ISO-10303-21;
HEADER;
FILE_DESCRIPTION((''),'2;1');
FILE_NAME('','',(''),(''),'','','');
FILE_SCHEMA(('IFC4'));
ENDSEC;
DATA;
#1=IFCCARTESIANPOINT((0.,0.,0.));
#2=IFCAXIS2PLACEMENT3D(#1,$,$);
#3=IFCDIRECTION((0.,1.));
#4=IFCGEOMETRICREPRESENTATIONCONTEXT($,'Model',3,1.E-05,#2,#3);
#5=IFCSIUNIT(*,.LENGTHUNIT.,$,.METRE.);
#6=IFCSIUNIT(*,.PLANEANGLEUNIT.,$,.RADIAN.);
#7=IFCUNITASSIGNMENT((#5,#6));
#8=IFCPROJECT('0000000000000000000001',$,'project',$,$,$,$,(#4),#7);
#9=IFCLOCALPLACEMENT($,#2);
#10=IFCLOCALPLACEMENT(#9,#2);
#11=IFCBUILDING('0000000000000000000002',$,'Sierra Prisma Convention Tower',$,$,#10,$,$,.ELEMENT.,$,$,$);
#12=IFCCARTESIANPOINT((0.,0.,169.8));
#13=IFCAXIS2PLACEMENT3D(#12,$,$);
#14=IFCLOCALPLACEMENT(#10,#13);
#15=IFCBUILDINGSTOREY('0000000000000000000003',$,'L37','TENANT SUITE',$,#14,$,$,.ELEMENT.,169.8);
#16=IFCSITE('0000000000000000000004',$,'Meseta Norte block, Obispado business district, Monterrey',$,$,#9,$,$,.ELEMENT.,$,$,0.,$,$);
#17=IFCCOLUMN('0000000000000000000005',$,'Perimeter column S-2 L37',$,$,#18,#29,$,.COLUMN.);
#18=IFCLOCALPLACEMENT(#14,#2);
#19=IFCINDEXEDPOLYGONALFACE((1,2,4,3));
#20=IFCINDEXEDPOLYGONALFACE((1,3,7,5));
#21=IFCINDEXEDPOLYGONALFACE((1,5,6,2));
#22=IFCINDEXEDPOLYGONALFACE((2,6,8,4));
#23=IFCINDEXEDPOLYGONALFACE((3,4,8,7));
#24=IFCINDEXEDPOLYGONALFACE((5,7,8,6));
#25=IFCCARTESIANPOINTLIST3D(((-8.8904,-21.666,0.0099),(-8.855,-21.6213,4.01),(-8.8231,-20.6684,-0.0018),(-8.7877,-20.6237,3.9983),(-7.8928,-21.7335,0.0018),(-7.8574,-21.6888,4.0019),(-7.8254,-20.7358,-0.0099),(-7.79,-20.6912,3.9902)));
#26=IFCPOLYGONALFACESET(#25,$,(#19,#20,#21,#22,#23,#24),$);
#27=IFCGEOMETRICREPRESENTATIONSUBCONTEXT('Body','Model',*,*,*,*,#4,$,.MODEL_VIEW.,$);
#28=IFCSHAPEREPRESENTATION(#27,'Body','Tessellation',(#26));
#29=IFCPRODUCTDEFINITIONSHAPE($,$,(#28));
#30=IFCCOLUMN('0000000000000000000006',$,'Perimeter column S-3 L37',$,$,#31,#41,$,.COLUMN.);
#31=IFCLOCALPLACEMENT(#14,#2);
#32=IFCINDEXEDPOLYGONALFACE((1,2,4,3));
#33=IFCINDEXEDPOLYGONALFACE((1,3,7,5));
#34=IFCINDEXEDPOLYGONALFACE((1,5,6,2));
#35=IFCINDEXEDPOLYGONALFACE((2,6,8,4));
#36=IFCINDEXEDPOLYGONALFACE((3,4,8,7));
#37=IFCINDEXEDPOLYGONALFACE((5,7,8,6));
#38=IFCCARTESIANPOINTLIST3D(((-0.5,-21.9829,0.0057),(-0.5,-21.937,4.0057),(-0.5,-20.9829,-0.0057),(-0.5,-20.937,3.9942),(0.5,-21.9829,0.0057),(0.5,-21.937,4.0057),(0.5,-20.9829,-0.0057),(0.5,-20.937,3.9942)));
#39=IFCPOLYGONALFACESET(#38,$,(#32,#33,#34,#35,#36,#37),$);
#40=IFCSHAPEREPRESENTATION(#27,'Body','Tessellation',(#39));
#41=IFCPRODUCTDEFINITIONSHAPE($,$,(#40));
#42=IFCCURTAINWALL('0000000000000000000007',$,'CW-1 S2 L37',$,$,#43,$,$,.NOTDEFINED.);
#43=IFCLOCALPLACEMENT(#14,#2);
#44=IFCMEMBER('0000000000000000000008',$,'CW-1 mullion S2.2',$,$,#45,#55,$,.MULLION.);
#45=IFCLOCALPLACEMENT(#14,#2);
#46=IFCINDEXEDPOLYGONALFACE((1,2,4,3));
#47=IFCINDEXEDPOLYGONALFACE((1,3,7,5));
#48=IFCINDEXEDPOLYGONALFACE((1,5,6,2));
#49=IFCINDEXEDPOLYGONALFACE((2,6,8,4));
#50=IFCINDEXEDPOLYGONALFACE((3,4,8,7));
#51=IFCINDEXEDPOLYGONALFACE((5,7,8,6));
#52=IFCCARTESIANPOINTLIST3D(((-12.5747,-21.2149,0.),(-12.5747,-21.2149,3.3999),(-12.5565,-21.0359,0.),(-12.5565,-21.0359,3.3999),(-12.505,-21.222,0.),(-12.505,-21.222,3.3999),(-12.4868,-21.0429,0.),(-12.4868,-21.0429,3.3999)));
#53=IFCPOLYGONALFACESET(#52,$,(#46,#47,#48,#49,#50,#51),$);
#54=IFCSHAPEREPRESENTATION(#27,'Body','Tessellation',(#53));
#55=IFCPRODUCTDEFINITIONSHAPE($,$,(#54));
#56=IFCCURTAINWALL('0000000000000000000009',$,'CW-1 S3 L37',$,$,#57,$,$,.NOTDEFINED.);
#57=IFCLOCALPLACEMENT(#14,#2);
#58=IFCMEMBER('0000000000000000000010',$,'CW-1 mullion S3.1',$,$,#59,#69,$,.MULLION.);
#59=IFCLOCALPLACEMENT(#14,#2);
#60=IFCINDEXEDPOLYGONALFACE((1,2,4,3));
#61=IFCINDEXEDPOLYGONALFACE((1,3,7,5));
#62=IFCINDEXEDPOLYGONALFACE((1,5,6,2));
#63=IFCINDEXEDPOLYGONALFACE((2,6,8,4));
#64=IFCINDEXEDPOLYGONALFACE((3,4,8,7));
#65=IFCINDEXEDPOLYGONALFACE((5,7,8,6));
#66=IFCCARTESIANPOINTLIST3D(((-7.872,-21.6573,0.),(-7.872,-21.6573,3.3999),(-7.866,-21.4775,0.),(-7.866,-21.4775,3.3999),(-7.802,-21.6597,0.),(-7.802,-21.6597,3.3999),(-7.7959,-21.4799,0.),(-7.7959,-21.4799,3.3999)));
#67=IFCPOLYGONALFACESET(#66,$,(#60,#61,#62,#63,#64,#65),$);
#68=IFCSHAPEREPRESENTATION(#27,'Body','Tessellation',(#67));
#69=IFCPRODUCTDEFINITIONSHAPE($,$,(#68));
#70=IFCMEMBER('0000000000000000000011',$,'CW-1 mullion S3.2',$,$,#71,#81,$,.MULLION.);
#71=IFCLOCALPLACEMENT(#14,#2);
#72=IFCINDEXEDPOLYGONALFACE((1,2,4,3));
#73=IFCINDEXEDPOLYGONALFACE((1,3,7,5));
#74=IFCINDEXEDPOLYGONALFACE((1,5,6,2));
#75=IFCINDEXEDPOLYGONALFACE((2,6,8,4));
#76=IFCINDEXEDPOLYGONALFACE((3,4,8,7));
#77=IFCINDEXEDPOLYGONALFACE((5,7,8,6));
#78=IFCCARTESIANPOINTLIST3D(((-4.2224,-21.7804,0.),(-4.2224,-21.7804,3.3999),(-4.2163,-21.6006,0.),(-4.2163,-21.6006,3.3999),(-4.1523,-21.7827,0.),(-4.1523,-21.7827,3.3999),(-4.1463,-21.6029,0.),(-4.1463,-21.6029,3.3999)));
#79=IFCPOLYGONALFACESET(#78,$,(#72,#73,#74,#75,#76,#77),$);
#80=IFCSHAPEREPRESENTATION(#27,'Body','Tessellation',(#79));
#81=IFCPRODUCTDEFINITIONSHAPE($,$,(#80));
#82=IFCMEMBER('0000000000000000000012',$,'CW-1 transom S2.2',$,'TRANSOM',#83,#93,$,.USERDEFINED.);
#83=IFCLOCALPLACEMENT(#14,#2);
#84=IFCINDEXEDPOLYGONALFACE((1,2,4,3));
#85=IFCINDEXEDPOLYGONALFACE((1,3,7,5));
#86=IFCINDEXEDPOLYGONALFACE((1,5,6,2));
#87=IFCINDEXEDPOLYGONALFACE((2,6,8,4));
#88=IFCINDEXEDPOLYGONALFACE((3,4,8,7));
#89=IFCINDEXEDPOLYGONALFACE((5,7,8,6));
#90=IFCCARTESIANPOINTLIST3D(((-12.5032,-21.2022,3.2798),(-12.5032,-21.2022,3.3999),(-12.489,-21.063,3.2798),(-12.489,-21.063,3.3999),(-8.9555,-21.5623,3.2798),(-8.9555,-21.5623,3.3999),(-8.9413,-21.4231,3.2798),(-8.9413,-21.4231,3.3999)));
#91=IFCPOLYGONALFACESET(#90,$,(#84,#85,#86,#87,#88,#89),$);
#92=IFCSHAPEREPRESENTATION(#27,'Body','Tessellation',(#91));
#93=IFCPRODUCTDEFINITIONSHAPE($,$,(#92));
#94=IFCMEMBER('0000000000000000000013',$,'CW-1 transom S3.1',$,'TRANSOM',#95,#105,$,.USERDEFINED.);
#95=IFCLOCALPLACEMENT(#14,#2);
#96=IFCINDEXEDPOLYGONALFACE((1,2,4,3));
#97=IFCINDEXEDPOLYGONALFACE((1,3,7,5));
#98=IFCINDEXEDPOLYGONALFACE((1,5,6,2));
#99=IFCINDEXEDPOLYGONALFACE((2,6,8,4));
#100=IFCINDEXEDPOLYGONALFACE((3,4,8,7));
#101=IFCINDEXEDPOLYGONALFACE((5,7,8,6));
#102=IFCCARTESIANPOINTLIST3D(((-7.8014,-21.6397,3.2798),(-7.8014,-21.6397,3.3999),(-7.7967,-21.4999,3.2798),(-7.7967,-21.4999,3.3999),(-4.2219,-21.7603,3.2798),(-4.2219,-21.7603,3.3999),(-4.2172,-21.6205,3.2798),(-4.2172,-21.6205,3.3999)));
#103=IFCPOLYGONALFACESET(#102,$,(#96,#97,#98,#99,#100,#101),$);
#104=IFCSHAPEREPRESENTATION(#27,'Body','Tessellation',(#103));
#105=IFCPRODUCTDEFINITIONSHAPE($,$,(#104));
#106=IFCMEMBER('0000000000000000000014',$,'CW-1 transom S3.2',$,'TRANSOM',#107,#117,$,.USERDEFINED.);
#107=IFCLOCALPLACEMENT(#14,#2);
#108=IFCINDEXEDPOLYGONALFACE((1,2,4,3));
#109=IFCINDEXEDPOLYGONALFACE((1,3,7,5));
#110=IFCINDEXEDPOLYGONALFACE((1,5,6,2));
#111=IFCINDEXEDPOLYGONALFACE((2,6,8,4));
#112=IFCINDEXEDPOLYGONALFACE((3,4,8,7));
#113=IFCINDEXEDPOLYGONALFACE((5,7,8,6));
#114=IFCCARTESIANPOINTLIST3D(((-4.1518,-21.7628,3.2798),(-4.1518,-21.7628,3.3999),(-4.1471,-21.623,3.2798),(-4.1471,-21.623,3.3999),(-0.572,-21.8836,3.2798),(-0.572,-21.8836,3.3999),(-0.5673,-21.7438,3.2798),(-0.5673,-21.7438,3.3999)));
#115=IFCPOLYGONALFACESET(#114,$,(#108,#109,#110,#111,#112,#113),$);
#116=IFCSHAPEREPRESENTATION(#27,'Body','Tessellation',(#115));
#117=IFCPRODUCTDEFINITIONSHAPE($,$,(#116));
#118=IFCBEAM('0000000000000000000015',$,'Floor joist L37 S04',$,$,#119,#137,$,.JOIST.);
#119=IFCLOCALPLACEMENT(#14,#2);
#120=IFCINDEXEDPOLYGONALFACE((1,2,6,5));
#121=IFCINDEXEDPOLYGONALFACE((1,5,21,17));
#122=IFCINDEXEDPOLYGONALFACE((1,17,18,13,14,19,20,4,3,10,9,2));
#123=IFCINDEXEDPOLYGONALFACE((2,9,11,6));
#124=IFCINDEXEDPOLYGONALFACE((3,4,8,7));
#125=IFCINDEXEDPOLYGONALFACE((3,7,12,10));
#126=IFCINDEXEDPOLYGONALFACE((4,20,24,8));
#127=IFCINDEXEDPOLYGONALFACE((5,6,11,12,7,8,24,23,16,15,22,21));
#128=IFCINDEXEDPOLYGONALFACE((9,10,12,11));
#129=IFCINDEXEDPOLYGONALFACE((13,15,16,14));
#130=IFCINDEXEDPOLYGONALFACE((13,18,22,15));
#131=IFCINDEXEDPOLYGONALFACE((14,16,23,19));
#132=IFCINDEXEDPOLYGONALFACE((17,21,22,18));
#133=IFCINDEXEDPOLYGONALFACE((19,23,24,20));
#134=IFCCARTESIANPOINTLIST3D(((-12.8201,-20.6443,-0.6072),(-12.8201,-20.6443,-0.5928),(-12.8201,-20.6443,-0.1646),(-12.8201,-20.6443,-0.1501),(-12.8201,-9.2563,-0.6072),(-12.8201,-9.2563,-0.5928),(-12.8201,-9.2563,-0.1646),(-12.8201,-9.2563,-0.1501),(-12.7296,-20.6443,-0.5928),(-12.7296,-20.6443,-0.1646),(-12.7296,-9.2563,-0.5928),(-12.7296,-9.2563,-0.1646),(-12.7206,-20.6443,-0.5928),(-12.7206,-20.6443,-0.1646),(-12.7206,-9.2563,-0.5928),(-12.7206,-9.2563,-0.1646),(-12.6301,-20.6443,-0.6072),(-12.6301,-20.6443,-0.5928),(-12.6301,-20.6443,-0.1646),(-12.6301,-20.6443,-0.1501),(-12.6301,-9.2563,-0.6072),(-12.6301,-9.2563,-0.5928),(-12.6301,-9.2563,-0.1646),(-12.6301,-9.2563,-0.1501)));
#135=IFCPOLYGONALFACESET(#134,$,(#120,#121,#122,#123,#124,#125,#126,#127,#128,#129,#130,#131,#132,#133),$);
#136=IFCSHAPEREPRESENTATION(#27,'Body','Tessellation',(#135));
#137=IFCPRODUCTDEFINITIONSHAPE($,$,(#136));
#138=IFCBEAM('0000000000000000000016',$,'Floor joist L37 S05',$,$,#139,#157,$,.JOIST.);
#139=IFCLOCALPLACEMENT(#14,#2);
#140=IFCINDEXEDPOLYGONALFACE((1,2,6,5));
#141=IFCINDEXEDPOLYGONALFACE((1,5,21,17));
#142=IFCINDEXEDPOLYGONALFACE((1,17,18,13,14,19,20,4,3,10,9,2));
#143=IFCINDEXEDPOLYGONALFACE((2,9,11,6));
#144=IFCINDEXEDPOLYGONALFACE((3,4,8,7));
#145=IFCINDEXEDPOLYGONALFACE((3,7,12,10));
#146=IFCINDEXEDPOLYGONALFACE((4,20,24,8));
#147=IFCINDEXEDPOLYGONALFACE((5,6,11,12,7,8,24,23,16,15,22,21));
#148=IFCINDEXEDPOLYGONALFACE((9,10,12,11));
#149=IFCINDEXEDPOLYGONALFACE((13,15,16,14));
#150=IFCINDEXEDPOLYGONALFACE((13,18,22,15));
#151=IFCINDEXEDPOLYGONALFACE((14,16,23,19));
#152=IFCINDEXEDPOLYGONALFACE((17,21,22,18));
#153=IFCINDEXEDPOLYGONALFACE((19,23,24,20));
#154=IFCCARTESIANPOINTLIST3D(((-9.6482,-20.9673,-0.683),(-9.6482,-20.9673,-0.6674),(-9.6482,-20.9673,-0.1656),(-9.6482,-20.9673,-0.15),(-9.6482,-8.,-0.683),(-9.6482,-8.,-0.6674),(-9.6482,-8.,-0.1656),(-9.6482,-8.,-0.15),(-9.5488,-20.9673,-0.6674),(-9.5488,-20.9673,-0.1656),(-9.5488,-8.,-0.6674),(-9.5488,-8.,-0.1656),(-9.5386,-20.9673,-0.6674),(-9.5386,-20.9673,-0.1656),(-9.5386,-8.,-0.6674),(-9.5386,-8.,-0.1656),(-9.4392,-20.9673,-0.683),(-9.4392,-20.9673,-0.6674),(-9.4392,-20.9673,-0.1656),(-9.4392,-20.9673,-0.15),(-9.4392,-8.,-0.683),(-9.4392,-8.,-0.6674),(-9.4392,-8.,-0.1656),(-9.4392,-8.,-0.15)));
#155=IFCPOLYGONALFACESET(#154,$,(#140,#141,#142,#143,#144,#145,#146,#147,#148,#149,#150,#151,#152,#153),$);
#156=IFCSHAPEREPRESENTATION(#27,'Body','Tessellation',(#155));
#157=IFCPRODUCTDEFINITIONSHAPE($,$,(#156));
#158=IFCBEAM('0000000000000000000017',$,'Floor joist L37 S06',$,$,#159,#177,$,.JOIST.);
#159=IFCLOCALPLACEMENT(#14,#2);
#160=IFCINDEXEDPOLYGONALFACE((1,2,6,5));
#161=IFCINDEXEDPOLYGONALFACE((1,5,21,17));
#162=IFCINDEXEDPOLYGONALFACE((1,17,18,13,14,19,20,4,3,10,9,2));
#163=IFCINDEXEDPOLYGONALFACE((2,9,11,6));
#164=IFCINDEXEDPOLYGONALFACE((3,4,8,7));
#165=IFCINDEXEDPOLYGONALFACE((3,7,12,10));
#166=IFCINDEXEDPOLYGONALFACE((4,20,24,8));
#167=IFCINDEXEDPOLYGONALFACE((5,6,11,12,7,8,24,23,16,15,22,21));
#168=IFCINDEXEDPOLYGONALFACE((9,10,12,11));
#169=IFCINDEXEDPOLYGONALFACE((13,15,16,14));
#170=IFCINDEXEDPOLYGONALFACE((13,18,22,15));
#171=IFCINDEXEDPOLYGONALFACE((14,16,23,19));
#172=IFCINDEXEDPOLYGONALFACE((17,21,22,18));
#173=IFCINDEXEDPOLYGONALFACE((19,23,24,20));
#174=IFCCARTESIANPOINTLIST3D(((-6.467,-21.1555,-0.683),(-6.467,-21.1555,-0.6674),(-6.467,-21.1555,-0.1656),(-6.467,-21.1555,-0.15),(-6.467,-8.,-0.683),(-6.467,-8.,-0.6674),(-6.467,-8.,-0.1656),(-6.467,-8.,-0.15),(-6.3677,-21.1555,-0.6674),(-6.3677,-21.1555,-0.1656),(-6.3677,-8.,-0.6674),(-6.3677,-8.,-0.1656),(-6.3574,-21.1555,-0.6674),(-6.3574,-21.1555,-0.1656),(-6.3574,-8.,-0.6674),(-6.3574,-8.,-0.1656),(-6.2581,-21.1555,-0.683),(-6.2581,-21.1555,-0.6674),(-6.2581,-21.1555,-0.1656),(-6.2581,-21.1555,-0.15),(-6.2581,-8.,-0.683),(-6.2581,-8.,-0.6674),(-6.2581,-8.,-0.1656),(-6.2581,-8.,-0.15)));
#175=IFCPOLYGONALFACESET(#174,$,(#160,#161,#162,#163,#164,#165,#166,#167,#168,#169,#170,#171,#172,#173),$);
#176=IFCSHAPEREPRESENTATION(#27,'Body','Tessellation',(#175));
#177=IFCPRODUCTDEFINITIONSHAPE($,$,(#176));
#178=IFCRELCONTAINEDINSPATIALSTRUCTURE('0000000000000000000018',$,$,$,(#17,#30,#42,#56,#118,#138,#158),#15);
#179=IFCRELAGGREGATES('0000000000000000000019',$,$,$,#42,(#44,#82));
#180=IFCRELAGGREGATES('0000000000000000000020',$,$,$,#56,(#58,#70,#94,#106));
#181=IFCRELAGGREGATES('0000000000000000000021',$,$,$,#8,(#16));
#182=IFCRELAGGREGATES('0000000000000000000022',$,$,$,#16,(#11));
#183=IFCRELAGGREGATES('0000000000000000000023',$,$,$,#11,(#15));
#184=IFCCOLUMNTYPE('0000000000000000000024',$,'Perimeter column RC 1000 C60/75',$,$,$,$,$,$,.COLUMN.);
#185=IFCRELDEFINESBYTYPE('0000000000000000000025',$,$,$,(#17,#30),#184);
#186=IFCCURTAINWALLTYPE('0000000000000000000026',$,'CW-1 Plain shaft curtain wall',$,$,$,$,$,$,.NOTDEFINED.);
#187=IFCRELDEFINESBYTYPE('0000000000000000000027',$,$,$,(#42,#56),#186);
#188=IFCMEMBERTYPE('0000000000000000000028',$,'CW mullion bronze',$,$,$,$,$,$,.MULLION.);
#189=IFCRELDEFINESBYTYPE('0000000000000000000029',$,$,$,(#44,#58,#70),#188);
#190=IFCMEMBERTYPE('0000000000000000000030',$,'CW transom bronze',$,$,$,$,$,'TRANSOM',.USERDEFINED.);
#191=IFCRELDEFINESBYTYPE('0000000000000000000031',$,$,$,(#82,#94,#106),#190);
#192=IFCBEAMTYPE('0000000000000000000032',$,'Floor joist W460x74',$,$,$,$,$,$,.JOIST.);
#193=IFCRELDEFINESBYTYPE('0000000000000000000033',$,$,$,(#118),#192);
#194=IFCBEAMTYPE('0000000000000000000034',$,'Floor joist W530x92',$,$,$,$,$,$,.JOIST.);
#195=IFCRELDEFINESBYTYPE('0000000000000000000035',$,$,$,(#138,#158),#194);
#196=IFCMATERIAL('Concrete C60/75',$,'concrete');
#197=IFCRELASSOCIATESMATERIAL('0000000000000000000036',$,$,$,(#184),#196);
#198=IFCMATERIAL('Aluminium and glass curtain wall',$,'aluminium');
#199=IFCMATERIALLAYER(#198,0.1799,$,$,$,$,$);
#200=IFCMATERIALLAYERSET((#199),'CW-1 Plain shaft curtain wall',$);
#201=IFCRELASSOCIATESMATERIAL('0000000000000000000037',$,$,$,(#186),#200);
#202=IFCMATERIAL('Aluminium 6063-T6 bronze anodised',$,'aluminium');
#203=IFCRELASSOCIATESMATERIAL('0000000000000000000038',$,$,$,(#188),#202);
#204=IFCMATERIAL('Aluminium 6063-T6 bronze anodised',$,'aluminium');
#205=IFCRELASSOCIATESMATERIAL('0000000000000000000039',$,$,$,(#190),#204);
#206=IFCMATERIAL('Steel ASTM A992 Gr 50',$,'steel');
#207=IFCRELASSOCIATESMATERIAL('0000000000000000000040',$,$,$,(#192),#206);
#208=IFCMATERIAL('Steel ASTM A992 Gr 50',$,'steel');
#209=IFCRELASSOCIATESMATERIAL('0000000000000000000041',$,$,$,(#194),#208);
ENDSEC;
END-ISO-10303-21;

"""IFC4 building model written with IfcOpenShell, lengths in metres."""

from ifc_helpers import new_model, si_unit, direction, frame, origin, origin_2d, place, context, subcontext, project, spatial, rectangle, i_section, extrude, material, layer, layer_set, material_profile, profile_set, type_object, element, aggregate, save


model = new_model("IFC4")

# Units and contexts
model_context = context("Model", 3, precision=1e-05, world=origin(), true_north=direction((0.0, 1.0)))
body_context = subcontext(model_context, "Body", "Model", "MODEL_VIEW")
ifc_project = project(units=[si_unit("LENGTHUNIT", "METRE"), si_unit("PLANEANGLEUNIT", "RADIAN")], contexts=[model_context])

# Site, building, storey
site_placement = place(None, origin())
site = spatial("IfcSite", under=ifc_project, at=site_placement, Name="Meseta Norte block, Obispado business district, Monterrey", CompositionType="ELEMENT", RefElevation=0.0)
building_placement = place(site_placement, origin())
building = spatial("IfcBuilding", under=site, at=building_placement, Name="Sierra Prisma Convention Tower", CompositionType="ELEMENT")
storey_placement = place(building_placement, frame((0.0, 0.0, 169.8)))
storey = spatial("IfcBuildingStorey", under=building, at=storey_placement, Name="L37", Description="TENANT SUITE", CompositionType="ELEMENT", Elevation=169.8)

# Columns
ifc_material_1 = material(Name="Concrete C60/75", Category="concrete")
ifc_material_profile_1 = material_profile(ifc_material_1, rectangle(XDim=1.0, YDim=1.0, at=origin_2d()), Name="Perimeter column RC 1000 C60/75")
ifc_profile_set_1 = profile_set([ifc_material_profile_1], Name="Concrete C60/75")
column_type = type_object("IfcColumnType", Name="Perimeter column RC 1000 C60/75", PredefinedType="COLUMN", material=ifc_profile_set_1)
column_1_placement = place(storey_placement, frame((-8.3579, -21.2009, 0.0), z_axis=(0.008849, 0.011168, 0.999898), x_axis=(-0.997688, 0.067485, 0.008076)))
element("IfcColumn", 1, at=column_1_placement, inside=storey, type_object=column_type, Name="Perimeter column S-2 L37", PredefinedType="COLUMN", context=body_context, shape_type="SweptSolid", body=[
    extrude(rectangle(XDim=1.0, YDim=1.0, at=origin_2d()), origin(), (0.0, 0.0, 1.0), 4.0005),
])
column_2_placement = place(storey_placement, frame((0.0, -21.4829, 0.0), z_axis=(0.0, 0.011474, 0.999934), x_axis=(1.0, 0.0, 0.0)))
element("IfcColumn", 2, at=column_2_placement, inside=storey, type_object=column_type, Name="Perimeter column S-3 L37", PredefinedType="COLUMN", context=body_context, shape_type="SweptSolid", body=[
    extrude(rectangle(XDim=1.0, YDim=1.0, at=origin_2d()), origin(), (0.0, 0.0, 1.0), 4.0002),
])

# Curtain wall, member
ifc_material_2 = material(Name="Aluminium and glass curtain wall", Category="aluminium")
ifc_layer_1 = layer(ifc_material_2, 0.1799)
ifc_layer_set_1 = layer_set([ifc_layer_1], Name="CW-1 Plain shaft curtain wall")
curtain_wall_type = type_object("IfcCurtainWallType", Name="CW-1 Plain shaft curtain wall", PredefinedType="NOTDEFINED", material=ifc_layer_set_1)
curtain_wall_1_placement = place(storey_placement, origin())
curtain_wall_1 = element("IfcCurtainWall", 3, at=curtain_wall_1_placement, inside=storey, type_object=curtain_wall_type, Name="CW-1 S2 L37", PredefinedType="NOTDEFINED")
ifc_material_3 = material(Name="Aluminium 6063-T6 bronze anodised", Category="aluminium")
ifc_material_profile_2 = material_profile(ifc_material_3, rectangle(XDim=0.1799, YDim=0.0701, at=origin_2d()), Name="ALU MULLION 70x180")
ifc_profile_set_2 = profile_set([ifc_material_profile_2], Name="Aluminium 6063-T6 bronze anodised")
member_type_1 = type_object("IfcMemberType", Name="CW mullion bronze", PredefinedType="MULLION", material=ifc_profile_set_2)
member_1_placement = place(storey_placement, frame((-12.5308, -21.1289, 0.0), z_axis=(0.0, 0.0, 1.0), x_axis=(0.100989, 0.994888, 0.0)))
member_1 = element("IfcMember", 4, at=member_1_placement, type_object=member_type_1, Name="CW-1 mullion S2.2", PredefinedType="MULLION", context=body_context, shape_type="SweptSolid", body=[
    extrude(rectangle(XDim=0.1799, YDim=0.0701, at=origin_2d()), origin(), (0.0, 0.0, 1.0), 3.3999),
])

# Curtain wall, members
curtain_wall_2_placement = place(storey_placement, origin())
curtain_wall_2 = element("IfcCurtainWall", 5, at=curtain_wall_2_placement, inside=storey, type_object=curtain_wall_type, Name="CW-1 S3 L37", PredefinedType="NOTDEFINED")
member_2_placement = place(storey_placement, frame((-7.834, -21.5686, 0.0), z_axis=(0.0, 0.0, 1.0), x_axis=(0.033714, 0.999432, 0.0)))
member_2 = element("IfcMember", 6, at=member_2_placement, type_object=member_type_1, Name="CW-1 mullion S3.1", PredefinedType="MULLION", context=body_context, shape_type="SweptSolid", body=[
    extrude(rectangle(XDim=0.1799, YDim=0.0701, at=origin_2d()), origin(), (0.0, 0.0, 1.0), 3.3999),
])
member_3_placement = place(storey_placement, frame((-4.1843, -21.6917, 0.0), z_axis=(0.0, 0.0, 1.0), x_axis=(0.033714, 0.999432, 0.0)))
member_3 = element("IfcMember", 7, at=member_3_placement, type_object=member_type_1, Name="CW-1 mullion S3.2", PredefinedType="MULLION", context=body_context, shape_type="SweptSolid", body=[
    extrude(rectangle(XDim=0.1799, YDim=0.0701, at=origin_2d()), origin(), (0.0, 0.0, 1.0), 3.3999),
])

# Members
ifc_material_4 = material(Name="Aluminium 6063-T6 bronze anodised", Category="aluminium")
ifc_material_profile_3 = material_profile(ifc_material_4, rectangle(XDim=0.1399, YDim=0.1201, at=origin_2d()), Name="ALU TRANSOM 120x140")
ifc_profile_set_3 = profile_set([ifc_material_profile_3], Name="Aluminium 6063-T6 bronze anodised")
member_type_2 = type_object("IfcMemberType", Name="CW transom bronze", ElementType="TRANSOM", PredefinedType="USERDEFINED", material=ifc_profile_set_3)
member_4_placement = place(storey_placement, frame((-12.4961, -21.1326, 3.3398), z_axis=(0.994888, -0.100988, 0.0), x_axis=(0.100988, 0.994888, 0.0)))
member_4 = element("IfcMember", 8, at=member_4_placement, type_object=member_type_2, Name="CW-1 transom S2.2", ObjectType="TRANSOM", PredefinedType="USERDEFINED", context=body_context, shape_type="SweptSolid", body=[
    extrude(rectangle(XDim=0.1399, YDim=0.1201, at=origin_2d()), origin(), (0.0, 0.0, 1.0), 3.5659),
])
member_5_placement = place(storey_placement, frame((-7.7991, -21.5698, 3.3398), z_axis=(0.999433, -0.033673, 0.0), x_axis=(0.033673, 0.999433, 0.0)))
member_5 = element("IfcMember", 9, at=member_5_placement, type_object=member_type_2, Name="CW-1 transom S3.1", ObjectType="TRANSOM", PredefinedType="USERDEFINED", context=body_context, shape_type="SweptSolid", body=[
    extrude(rectangle(XDim=0.1399, YDim=0.1201, at=origin_2d()), origin(), (0.0, 0.0, 1.0), 3.5815),
])
member_6_placement = place(storey_placement, frame((-4.1494, -21.6929, 3.3398), z_axis=(0.999431, -0.033739, 0.0), x_axis=(0.033739, 0.999431, 0.0)))
member_6 = element("IfcMember", 10, at=member_6_placement, type_object=member_type_2, Name="CW-1 transom S3.2", ObjectType="TRANSOM", PredefinedType="USERDEFINED", context=body_context, shape_type="SweptSolid", body=[
    extrude(rectangle(XDim=0.1399, YDim=0.1201, at=origin_2d()), origin(), (0.0, 0.0, 1.0), 3.5818),
])

# Beams
ifc_material_5 = material(Name="Steel ASTM A992 Gr 50", Category="steel")
ifc_material_profile_4 = material_profile(ifc_material_5, i_section(OverallWidth=0.1899, OverallDepth=0.457, WebThickness=0.009, FlangeThickness=0.0144, at=origin_2d()), Name="W460x74")
ifc_profile_set_4 = profile_set([ifc_material_profile_4], Name="Steel ASTM A992 Gr 50")
beam_type_1 = type_object("IfcBeamType", Name="Floor joist W460x74", PredefinedType="JOIST", material=ifc_profile_set_4)
beam_1_placement = place(storey_placement, frame((-12.7251, -20.6443, -0.3787), z_axis=(0.0, 1.0, 0.0), x_axis=(-1.0, 0.0, 0.0)))
element("IfcBeam", 11, at=beam_1_placement, inside=storey, type_object=beam_type_1, Name="Floor joist L37 S04", PredefinedType="JOIST", context=body_context, shape_type="SweptSolid", body=[
    extrude(i_section(OverallWidth=0.1899, OverallDepth=0.457, WebThickness=0.009, FlangeThickness=0.0144, at=origin_2d()), origin(), (0.0, 0.0, 1.0), 11.3879),
])
ifc_material_6 = material(Name="Steel ASTM A992 Gr 50", Category="steel")
ifc_material_profile_5 = material_profile(ifc_material_6, i_section(OverallWidth=0.209, OverallDepth=0.533, WebThickness=0.0103, FlangeThickness=0.0156, at=origin_2d()), Name="W530x92")
ifc_profile_set_5 = profile_set([ifc_material_profile_5], Name="Steel ASTM A992 Gr 50")
beam_type_2 = type_object("IfcBeamType", Name="Floor joist W530x92", PredefinedType="JOIST", material=ifc_profile_set_5)
beam_2_placement = place(storey_placement, frame((-9.5437, -20.9673, -0.4165), z_axis=(0.0, 1.0, 0.0), x_axis=(-1.0, 0.0, 0.0)))
element("IfcBeam", 12, at=beam_2_placement, inside=storey, type_object=beam_type_2, Name="Floor joist L37 S05", PredefinedType="JOIST", context=body_context, shape_type="SweptSolid", body=[
    extrude(i_section(OverallWidth=0.209, OverallDepth=0.533, WebThickness=0.0103, FlangeThickness=0.0156, at=origin_2d()), origin(), (0.0, 0.0, 1.0), 12.9673),
])
beam_3_placement = place(storey_placement, frame((-6.3625, -21.1555, -0.4165), z_axis=(0.0, 1.0, 0.0), x_axis=(-1.0, 0.0, 0.0)))
element("IfcBeam", 13, at=beam_3_placement, inside=storey, type_object=beam_type_2, Name="Floor joist L37 S06", PredefinedType="JOIST", context=body_context, shape_type="SweptSolid", body=[
    extrude(i_section(OverallWidth=0.209, OverallDepth=0.533, WebThickness=0.0103, FlangeThickness=0.0156, at=origin_2d()), origin(), (0.0, 0.0, 1.0), 13.1555),
])

aggregate(curtain_wall_1, [member_1, member_4])
aggregate(curtain_wall_2, [member_2, member_3, member_5, member_6])

save(model, "model.ifc")
